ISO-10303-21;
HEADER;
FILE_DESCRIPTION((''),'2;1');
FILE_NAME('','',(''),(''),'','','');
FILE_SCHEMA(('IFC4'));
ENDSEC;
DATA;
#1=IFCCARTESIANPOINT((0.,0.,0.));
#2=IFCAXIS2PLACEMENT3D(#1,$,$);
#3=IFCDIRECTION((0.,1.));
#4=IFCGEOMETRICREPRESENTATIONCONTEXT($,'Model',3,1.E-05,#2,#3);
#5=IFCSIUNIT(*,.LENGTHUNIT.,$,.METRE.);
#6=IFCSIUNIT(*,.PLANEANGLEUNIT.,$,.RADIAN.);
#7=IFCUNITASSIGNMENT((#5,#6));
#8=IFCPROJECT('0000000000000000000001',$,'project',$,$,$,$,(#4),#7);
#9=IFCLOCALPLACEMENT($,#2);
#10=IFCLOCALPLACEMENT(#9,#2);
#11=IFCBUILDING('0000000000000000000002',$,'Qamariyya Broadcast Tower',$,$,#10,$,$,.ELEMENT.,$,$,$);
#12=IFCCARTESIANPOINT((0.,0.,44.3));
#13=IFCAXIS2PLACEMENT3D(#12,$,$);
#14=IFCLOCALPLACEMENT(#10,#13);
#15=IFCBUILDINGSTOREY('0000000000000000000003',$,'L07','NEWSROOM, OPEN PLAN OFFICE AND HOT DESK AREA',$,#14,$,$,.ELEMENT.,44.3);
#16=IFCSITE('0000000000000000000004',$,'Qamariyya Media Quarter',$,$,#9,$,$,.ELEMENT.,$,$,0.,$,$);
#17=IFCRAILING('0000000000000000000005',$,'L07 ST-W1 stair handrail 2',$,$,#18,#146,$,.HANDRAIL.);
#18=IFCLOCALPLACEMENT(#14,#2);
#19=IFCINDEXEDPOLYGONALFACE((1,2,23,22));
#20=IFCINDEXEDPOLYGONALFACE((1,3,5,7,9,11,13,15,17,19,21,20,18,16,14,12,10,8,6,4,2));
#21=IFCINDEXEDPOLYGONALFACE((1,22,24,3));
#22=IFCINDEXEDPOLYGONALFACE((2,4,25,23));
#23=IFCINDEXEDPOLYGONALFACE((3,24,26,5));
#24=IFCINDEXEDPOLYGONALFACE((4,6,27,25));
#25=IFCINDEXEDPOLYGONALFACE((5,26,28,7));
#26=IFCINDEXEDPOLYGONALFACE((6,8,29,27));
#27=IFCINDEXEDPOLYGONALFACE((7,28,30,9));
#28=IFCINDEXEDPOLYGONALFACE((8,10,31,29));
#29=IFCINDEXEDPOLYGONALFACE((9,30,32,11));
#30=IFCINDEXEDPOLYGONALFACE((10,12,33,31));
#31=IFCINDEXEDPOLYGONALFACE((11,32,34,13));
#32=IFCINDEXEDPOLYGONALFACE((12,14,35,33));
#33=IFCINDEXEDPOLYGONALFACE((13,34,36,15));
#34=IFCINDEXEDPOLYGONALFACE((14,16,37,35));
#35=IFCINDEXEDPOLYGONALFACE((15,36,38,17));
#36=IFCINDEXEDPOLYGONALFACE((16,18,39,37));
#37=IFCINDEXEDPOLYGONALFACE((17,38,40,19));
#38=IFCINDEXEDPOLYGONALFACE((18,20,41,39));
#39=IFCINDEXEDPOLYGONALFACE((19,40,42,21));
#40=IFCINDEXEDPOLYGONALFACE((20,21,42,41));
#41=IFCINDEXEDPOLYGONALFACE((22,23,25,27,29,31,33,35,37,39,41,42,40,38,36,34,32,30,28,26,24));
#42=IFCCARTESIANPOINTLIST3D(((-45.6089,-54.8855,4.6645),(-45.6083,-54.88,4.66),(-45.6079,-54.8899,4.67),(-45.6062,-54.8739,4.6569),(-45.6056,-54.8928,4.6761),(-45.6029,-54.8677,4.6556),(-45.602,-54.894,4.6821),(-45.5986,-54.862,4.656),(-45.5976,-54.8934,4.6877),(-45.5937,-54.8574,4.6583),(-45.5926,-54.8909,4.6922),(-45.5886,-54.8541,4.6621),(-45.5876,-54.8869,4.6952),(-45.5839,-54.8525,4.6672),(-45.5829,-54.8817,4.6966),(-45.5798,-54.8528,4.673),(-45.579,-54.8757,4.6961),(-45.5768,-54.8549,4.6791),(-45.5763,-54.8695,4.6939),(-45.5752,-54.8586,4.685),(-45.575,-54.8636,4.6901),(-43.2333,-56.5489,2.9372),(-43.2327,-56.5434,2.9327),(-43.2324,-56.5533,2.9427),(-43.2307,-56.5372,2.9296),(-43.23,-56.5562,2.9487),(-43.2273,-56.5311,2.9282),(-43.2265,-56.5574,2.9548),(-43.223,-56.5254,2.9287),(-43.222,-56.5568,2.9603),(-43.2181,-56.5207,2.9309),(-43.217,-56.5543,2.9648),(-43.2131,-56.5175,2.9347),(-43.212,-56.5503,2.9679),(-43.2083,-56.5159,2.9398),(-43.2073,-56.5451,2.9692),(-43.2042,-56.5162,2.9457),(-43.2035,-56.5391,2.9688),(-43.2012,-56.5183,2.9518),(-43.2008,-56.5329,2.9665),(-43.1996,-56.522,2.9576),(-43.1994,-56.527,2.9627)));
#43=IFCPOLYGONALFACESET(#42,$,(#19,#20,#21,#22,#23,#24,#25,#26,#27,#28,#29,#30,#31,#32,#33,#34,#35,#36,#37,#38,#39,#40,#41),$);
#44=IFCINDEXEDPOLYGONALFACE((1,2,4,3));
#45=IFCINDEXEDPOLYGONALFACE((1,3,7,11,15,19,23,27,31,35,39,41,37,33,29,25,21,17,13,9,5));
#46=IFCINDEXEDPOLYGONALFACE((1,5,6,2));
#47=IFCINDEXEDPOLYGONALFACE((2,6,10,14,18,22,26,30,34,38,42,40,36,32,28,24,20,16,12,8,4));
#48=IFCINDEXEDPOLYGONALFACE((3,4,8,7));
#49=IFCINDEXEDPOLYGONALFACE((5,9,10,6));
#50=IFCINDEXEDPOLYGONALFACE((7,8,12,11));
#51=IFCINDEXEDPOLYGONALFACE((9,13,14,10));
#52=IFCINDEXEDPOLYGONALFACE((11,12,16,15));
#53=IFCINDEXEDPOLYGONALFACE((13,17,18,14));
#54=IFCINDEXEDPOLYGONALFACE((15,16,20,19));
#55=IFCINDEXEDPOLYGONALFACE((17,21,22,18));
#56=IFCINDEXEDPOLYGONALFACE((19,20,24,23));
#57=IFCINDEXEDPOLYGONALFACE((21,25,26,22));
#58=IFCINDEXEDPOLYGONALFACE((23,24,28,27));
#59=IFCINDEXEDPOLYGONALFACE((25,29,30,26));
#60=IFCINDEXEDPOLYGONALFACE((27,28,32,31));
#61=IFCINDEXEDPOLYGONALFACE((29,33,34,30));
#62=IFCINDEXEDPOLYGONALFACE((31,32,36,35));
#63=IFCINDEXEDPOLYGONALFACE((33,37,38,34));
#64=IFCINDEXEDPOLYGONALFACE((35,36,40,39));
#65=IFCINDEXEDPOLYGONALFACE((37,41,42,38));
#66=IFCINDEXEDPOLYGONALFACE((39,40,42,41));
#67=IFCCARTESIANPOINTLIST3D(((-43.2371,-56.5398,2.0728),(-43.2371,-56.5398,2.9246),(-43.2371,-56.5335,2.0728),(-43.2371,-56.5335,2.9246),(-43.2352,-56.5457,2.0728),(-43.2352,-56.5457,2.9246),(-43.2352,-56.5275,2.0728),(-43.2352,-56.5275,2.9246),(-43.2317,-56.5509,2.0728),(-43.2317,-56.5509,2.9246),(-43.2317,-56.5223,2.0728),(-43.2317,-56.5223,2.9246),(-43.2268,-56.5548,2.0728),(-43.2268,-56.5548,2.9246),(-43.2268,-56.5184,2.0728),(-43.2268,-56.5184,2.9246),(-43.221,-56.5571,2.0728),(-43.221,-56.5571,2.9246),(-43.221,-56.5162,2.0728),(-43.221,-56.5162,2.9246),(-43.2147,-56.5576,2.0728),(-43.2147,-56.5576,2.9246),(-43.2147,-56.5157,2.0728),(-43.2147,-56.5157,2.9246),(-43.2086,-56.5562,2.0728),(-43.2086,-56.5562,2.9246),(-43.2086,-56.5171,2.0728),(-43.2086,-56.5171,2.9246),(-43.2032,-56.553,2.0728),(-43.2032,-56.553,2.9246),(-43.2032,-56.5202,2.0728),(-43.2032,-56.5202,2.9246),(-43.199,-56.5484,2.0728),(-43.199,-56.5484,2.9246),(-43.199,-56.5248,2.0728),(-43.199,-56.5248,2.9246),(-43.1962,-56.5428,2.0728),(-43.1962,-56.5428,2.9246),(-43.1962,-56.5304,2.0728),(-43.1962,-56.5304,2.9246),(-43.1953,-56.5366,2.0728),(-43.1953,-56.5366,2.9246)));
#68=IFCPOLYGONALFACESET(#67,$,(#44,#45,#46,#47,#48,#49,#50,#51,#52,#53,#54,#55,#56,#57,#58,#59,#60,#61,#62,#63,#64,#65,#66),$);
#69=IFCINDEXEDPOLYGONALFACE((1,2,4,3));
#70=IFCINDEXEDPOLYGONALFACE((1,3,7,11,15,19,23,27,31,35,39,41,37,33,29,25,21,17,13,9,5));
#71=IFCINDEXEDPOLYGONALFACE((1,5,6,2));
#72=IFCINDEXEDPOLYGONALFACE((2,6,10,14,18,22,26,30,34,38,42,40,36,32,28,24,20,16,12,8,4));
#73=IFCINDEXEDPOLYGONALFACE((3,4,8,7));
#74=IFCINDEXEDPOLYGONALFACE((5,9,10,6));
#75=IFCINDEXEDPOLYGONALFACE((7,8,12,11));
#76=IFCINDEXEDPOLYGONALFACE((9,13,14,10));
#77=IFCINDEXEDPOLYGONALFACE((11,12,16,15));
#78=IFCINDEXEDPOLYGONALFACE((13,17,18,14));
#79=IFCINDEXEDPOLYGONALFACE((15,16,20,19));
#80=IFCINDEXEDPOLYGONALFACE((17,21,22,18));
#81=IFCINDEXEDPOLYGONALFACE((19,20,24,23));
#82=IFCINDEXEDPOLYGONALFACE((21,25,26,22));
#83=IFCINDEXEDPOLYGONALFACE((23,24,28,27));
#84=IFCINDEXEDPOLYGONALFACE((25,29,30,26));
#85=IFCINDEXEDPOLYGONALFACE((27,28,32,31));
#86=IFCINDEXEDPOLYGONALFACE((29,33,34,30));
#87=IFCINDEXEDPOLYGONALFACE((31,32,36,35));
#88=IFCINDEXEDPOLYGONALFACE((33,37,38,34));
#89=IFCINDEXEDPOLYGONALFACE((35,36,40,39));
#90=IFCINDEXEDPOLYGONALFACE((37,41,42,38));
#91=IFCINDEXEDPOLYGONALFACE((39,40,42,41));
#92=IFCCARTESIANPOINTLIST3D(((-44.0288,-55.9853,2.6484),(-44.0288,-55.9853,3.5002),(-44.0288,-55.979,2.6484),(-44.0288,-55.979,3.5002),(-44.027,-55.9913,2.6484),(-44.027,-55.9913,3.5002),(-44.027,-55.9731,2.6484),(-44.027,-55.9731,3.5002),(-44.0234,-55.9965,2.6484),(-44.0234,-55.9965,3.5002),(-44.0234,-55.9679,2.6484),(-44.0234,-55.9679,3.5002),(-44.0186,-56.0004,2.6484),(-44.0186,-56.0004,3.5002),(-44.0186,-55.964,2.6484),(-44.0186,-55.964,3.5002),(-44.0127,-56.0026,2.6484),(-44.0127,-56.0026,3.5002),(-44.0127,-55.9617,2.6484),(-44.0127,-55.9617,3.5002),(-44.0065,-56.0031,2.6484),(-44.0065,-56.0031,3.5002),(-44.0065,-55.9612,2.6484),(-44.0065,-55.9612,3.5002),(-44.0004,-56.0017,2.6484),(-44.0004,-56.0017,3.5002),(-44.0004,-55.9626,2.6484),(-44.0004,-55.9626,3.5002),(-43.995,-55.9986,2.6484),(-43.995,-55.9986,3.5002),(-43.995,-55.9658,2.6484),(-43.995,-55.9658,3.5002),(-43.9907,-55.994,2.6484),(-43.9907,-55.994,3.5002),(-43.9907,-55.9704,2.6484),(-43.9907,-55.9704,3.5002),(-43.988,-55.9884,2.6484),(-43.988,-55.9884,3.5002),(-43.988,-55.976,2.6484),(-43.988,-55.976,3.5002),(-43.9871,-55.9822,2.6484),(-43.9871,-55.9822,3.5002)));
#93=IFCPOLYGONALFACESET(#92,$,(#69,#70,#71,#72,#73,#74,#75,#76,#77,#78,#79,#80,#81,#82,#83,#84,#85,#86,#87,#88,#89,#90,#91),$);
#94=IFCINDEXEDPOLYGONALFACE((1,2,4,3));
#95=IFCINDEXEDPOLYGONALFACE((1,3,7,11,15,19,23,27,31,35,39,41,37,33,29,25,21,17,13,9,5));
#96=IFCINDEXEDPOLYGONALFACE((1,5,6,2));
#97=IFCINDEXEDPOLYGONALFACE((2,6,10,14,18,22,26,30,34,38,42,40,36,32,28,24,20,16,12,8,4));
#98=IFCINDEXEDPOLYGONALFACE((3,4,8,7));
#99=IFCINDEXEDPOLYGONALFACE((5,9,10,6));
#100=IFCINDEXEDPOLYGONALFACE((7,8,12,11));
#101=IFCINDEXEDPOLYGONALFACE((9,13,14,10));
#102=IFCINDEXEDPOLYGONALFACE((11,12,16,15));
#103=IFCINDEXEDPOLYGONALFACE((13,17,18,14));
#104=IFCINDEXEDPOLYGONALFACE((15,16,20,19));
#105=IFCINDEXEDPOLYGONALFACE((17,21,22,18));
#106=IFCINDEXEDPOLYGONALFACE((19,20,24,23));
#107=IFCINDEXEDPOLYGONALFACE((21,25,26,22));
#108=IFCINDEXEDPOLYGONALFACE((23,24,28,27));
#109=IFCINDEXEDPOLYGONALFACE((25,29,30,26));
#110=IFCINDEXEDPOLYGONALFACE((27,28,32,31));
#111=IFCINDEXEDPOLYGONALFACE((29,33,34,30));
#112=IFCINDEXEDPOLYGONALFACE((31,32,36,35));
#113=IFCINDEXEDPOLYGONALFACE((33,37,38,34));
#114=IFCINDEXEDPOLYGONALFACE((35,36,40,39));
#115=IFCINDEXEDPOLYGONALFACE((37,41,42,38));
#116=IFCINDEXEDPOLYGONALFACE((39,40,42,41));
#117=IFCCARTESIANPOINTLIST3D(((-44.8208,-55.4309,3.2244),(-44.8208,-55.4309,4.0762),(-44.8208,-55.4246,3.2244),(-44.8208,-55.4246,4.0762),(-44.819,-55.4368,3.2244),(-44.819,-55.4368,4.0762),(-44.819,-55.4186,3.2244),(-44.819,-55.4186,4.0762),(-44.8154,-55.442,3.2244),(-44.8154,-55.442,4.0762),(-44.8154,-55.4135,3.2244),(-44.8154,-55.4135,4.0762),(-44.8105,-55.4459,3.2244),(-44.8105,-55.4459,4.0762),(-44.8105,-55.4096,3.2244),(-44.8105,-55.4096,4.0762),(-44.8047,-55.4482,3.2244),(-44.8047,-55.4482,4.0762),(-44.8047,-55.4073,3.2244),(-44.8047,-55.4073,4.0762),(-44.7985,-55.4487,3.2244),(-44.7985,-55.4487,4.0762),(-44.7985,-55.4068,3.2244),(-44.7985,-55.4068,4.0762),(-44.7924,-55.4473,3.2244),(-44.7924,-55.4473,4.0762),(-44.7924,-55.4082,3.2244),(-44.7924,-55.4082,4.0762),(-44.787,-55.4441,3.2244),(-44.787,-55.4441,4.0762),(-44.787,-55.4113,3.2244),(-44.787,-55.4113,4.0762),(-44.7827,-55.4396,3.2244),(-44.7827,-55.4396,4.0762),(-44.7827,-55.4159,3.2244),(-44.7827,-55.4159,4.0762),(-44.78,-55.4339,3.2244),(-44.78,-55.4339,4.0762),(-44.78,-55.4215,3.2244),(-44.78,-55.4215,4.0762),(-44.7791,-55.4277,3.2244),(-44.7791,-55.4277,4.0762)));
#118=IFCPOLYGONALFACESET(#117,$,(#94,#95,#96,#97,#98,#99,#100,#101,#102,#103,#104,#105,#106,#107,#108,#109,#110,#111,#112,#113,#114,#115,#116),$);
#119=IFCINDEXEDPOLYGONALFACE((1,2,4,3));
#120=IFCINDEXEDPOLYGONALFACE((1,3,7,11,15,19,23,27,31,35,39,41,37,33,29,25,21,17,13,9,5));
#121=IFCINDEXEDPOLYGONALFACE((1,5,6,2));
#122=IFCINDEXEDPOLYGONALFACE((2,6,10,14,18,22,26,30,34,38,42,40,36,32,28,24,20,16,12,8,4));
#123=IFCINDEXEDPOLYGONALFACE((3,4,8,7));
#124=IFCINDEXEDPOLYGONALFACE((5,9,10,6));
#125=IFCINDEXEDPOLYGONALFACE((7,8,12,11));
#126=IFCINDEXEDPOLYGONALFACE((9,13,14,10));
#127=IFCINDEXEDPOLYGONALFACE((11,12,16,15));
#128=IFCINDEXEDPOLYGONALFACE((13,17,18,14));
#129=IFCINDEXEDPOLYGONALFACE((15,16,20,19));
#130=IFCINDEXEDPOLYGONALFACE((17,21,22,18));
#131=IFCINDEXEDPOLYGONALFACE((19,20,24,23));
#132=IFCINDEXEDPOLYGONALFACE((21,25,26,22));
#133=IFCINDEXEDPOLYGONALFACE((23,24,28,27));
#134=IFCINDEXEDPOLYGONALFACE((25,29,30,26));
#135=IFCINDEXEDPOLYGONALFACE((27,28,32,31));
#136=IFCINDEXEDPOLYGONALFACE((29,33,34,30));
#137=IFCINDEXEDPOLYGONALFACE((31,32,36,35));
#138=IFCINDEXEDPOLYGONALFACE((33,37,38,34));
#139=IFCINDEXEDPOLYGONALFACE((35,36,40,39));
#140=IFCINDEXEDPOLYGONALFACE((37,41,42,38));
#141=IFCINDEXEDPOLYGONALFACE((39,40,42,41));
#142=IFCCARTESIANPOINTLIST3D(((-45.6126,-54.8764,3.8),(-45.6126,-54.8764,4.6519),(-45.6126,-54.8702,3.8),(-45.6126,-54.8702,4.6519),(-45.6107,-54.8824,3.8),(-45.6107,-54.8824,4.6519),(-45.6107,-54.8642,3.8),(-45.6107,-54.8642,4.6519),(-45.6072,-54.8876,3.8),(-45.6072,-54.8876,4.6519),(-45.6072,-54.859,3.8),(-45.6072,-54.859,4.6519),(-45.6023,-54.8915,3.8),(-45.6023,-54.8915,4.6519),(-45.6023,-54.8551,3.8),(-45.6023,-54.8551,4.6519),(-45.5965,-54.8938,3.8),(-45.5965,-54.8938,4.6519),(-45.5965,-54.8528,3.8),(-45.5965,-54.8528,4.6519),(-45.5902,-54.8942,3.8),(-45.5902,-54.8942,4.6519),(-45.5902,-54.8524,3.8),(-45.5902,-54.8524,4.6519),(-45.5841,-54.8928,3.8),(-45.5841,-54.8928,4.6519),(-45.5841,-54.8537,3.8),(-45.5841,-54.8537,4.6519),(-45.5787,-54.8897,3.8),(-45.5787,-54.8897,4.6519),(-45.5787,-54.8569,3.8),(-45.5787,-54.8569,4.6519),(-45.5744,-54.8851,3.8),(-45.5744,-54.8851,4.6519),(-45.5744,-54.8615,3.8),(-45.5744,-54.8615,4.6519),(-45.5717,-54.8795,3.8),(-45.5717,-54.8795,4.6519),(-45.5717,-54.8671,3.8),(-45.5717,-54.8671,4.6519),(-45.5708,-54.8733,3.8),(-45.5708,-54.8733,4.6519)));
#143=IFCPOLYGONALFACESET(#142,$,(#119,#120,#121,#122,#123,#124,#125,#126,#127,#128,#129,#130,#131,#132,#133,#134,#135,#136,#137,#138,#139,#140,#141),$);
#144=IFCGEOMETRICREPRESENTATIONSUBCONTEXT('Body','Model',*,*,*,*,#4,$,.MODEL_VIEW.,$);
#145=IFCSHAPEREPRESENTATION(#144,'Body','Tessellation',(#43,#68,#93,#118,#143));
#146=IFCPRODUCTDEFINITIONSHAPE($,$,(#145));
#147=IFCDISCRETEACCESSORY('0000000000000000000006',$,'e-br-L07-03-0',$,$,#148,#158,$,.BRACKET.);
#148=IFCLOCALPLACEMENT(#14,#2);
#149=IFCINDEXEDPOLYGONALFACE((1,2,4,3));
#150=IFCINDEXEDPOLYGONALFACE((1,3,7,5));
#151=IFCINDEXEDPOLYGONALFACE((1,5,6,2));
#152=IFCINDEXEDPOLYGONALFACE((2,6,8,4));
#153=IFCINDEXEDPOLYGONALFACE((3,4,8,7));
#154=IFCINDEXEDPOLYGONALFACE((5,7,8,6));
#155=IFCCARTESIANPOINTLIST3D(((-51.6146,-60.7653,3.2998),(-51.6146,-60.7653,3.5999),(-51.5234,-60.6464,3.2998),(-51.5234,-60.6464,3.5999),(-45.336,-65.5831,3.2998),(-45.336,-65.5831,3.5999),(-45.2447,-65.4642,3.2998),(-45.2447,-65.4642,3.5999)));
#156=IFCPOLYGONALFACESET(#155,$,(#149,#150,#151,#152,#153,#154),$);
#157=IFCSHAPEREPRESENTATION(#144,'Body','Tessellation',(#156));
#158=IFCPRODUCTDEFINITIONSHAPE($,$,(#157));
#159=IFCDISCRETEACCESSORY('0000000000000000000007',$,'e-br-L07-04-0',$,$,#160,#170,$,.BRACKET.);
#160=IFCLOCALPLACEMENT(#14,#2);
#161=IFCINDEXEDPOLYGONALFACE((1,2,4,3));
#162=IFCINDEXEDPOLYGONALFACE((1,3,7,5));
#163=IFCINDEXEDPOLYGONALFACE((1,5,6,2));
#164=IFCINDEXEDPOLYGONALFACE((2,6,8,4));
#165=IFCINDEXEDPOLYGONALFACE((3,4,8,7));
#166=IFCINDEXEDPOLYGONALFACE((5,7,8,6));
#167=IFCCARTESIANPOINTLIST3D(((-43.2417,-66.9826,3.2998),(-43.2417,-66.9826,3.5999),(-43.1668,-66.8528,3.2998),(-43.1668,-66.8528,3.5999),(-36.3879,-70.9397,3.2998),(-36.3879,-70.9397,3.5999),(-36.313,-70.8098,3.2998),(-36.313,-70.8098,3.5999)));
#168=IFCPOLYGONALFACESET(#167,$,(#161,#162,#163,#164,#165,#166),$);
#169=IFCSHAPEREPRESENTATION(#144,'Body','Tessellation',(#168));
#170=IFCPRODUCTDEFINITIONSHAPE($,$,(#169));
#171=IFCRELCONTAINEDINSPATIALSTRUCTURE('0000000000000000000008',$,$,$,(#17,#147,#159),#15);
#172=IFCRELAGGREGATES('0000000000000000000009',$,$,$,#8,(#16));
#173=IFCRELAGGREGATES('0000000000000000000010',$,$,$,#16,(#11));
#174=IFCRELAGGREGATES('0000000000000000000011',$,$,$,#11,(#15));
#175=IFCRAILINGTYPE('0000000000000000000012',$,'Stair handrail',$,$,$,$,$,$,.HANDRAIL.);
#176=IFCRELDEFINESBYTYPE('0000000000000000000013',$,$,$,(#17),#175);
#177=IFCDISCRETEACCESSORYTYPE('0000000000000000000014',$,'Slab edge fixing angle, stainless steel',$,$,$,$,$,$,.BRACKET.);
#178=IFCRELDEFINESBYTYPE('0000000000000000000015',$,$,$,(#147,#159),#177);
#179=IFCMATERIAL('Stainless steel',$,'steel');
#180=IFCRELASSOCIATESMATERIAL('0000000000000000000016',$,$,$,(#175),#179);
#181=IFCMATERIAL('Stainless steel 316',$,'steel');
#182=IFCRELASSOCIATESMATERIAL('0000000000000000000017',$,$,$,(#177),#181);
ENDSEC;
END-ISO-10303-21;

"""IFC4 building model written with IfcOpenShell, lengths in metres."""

from ifc_helpers import new_model, si_unit, direction, frame, origin, origin_2d, place, context, subcontext, project, spatial, rectangle, circle, extrude, material, type_object, element, save


model = new_model("IFC4")

# Units and contexts
model_context = context("Model", 3, precision=1e-05, world=origin(), true_north=direction((0.0, 1.0)))
body_context = subcontext(model_context, "Body", "Model", "MODEL_VIEW")
ifc_project = project(units=[si_unit("LENGTHUNIT", "METRE"), si_unit("PLANEANGLEUNIT", "RADIAN")], contexts=[model_context])

# Site, building, storey
site_placement = place(None, origin())
site = spatial("IfcSite", under=ifc_project, at=site_placement, Name="Qamariyya Media Quarter", CompositionType="ELEMENT", RefElevation=0.0)
building_placement = place(site_placement, origin())
building = spatial("IfcBuilding", under=site, at=building_placement, Name="Qamariyya Broadcast Tower", CompositionType="ELEMENT")
storey_placement = place(building_placement, frame((0.0, 0.0, 44.3)))
storey = spatial("IfcBuildingStorey", under=building, at=storey_placement, Name="L07", Description="NEWSROOM, OPEN PLAN OFFICE AND HOT DESK AREA", CompositionType="ELEMENT", Elevation=44.3)

# Railing
ifc_material_1 = material(Name="Stainless steel", Category="steel")
railing_type_1 = type_object("IfcRailingType", Name="Stair handrail", PredefinedType="HANDRAIL", material=ifc_material_1)
railing_1_placement = place(storey_placement, frame((-43.2163, -56.5366, 2.0728)))
element("IfcRailing", 1, at=railing_1_placement, inside=storey, type_object=railing_type_1, Name="L07 ST-W1 stair handrail 2", PredefinedType="HANDRAIL", context=body_context, shape_type="SweptSolid", body=[
    extrude(circle(Radius=0.0239, at=origin_2d()), frame((0.0, 0.0, 0.876), z_axis=(-0.70377, 0.492784, 0.511734), x_axis=(-0.573575, -0.819153, 0.0)), (0.0, 0.0, 1.0), 3.3755),
    extrude(circle(Radius=0.021, at=origin_2d()), origin(), (0.0, 0.0, 1.0), 0.8518),
    extrude(circle(Radius=0.021, at=origin_2d()), frame((-0.7917, 0.5544, 0.5757)), (0.0, 0.0, 1.0), 0.8518),
    extrude(circle(Radius=0.021, at=origin_2d()), frame((-1.5837, 1.1089, 1.1516)), (0.0, 0.0, 1.0), 0.8518),
    extrude(circle(Radius=0.021, at=origin_2d()), frame((-2.3755, 1.6633, 1.7273)), (0.0, 0.0, 1.0), 0.8518),
])

# Discrete accessories
ifc_material_2 = material(Name="Stainless steel 316", Category="steel")
discrete_accessory_type = type_object("IfcDiscreteAccessoryType", Name="Slab edge fixing angle, stainless steel", PredefinedType="BRACKET", material=ifc_material_2)
for number, where, z_axis, x_axis, name in (
    (2, (-48.4297, -63.1147, 3.2998), (0.0, 0.0, 1.0), (0.793353, -0.608761, 0.0), "e-br-L07-03-0"),
    (3, (-39.7773, -68.8962, 3.2998), (0.0, 0.0, 1.0), (0.866025, -0.5, 0.0), "e-br-L07-04-0"),
):
    element("IfcDiscreteAccessory", number, at=place(storey_placement, frame(where, z_axis=z_axis, x_axis=x_axis)), inside=storey, type_object=discrete_accessory_type, Name=name, PredefinedType="BRACKET", context=body_context, shape_type="SweptSolid", body=[
        extrude(rectangle(XDim=7.9141, YDim=0.1499, at=origin_2d()), origin(), (0.0, 0.0, 1.0), 0.3),
    ])

save(model, "model.ifc")
